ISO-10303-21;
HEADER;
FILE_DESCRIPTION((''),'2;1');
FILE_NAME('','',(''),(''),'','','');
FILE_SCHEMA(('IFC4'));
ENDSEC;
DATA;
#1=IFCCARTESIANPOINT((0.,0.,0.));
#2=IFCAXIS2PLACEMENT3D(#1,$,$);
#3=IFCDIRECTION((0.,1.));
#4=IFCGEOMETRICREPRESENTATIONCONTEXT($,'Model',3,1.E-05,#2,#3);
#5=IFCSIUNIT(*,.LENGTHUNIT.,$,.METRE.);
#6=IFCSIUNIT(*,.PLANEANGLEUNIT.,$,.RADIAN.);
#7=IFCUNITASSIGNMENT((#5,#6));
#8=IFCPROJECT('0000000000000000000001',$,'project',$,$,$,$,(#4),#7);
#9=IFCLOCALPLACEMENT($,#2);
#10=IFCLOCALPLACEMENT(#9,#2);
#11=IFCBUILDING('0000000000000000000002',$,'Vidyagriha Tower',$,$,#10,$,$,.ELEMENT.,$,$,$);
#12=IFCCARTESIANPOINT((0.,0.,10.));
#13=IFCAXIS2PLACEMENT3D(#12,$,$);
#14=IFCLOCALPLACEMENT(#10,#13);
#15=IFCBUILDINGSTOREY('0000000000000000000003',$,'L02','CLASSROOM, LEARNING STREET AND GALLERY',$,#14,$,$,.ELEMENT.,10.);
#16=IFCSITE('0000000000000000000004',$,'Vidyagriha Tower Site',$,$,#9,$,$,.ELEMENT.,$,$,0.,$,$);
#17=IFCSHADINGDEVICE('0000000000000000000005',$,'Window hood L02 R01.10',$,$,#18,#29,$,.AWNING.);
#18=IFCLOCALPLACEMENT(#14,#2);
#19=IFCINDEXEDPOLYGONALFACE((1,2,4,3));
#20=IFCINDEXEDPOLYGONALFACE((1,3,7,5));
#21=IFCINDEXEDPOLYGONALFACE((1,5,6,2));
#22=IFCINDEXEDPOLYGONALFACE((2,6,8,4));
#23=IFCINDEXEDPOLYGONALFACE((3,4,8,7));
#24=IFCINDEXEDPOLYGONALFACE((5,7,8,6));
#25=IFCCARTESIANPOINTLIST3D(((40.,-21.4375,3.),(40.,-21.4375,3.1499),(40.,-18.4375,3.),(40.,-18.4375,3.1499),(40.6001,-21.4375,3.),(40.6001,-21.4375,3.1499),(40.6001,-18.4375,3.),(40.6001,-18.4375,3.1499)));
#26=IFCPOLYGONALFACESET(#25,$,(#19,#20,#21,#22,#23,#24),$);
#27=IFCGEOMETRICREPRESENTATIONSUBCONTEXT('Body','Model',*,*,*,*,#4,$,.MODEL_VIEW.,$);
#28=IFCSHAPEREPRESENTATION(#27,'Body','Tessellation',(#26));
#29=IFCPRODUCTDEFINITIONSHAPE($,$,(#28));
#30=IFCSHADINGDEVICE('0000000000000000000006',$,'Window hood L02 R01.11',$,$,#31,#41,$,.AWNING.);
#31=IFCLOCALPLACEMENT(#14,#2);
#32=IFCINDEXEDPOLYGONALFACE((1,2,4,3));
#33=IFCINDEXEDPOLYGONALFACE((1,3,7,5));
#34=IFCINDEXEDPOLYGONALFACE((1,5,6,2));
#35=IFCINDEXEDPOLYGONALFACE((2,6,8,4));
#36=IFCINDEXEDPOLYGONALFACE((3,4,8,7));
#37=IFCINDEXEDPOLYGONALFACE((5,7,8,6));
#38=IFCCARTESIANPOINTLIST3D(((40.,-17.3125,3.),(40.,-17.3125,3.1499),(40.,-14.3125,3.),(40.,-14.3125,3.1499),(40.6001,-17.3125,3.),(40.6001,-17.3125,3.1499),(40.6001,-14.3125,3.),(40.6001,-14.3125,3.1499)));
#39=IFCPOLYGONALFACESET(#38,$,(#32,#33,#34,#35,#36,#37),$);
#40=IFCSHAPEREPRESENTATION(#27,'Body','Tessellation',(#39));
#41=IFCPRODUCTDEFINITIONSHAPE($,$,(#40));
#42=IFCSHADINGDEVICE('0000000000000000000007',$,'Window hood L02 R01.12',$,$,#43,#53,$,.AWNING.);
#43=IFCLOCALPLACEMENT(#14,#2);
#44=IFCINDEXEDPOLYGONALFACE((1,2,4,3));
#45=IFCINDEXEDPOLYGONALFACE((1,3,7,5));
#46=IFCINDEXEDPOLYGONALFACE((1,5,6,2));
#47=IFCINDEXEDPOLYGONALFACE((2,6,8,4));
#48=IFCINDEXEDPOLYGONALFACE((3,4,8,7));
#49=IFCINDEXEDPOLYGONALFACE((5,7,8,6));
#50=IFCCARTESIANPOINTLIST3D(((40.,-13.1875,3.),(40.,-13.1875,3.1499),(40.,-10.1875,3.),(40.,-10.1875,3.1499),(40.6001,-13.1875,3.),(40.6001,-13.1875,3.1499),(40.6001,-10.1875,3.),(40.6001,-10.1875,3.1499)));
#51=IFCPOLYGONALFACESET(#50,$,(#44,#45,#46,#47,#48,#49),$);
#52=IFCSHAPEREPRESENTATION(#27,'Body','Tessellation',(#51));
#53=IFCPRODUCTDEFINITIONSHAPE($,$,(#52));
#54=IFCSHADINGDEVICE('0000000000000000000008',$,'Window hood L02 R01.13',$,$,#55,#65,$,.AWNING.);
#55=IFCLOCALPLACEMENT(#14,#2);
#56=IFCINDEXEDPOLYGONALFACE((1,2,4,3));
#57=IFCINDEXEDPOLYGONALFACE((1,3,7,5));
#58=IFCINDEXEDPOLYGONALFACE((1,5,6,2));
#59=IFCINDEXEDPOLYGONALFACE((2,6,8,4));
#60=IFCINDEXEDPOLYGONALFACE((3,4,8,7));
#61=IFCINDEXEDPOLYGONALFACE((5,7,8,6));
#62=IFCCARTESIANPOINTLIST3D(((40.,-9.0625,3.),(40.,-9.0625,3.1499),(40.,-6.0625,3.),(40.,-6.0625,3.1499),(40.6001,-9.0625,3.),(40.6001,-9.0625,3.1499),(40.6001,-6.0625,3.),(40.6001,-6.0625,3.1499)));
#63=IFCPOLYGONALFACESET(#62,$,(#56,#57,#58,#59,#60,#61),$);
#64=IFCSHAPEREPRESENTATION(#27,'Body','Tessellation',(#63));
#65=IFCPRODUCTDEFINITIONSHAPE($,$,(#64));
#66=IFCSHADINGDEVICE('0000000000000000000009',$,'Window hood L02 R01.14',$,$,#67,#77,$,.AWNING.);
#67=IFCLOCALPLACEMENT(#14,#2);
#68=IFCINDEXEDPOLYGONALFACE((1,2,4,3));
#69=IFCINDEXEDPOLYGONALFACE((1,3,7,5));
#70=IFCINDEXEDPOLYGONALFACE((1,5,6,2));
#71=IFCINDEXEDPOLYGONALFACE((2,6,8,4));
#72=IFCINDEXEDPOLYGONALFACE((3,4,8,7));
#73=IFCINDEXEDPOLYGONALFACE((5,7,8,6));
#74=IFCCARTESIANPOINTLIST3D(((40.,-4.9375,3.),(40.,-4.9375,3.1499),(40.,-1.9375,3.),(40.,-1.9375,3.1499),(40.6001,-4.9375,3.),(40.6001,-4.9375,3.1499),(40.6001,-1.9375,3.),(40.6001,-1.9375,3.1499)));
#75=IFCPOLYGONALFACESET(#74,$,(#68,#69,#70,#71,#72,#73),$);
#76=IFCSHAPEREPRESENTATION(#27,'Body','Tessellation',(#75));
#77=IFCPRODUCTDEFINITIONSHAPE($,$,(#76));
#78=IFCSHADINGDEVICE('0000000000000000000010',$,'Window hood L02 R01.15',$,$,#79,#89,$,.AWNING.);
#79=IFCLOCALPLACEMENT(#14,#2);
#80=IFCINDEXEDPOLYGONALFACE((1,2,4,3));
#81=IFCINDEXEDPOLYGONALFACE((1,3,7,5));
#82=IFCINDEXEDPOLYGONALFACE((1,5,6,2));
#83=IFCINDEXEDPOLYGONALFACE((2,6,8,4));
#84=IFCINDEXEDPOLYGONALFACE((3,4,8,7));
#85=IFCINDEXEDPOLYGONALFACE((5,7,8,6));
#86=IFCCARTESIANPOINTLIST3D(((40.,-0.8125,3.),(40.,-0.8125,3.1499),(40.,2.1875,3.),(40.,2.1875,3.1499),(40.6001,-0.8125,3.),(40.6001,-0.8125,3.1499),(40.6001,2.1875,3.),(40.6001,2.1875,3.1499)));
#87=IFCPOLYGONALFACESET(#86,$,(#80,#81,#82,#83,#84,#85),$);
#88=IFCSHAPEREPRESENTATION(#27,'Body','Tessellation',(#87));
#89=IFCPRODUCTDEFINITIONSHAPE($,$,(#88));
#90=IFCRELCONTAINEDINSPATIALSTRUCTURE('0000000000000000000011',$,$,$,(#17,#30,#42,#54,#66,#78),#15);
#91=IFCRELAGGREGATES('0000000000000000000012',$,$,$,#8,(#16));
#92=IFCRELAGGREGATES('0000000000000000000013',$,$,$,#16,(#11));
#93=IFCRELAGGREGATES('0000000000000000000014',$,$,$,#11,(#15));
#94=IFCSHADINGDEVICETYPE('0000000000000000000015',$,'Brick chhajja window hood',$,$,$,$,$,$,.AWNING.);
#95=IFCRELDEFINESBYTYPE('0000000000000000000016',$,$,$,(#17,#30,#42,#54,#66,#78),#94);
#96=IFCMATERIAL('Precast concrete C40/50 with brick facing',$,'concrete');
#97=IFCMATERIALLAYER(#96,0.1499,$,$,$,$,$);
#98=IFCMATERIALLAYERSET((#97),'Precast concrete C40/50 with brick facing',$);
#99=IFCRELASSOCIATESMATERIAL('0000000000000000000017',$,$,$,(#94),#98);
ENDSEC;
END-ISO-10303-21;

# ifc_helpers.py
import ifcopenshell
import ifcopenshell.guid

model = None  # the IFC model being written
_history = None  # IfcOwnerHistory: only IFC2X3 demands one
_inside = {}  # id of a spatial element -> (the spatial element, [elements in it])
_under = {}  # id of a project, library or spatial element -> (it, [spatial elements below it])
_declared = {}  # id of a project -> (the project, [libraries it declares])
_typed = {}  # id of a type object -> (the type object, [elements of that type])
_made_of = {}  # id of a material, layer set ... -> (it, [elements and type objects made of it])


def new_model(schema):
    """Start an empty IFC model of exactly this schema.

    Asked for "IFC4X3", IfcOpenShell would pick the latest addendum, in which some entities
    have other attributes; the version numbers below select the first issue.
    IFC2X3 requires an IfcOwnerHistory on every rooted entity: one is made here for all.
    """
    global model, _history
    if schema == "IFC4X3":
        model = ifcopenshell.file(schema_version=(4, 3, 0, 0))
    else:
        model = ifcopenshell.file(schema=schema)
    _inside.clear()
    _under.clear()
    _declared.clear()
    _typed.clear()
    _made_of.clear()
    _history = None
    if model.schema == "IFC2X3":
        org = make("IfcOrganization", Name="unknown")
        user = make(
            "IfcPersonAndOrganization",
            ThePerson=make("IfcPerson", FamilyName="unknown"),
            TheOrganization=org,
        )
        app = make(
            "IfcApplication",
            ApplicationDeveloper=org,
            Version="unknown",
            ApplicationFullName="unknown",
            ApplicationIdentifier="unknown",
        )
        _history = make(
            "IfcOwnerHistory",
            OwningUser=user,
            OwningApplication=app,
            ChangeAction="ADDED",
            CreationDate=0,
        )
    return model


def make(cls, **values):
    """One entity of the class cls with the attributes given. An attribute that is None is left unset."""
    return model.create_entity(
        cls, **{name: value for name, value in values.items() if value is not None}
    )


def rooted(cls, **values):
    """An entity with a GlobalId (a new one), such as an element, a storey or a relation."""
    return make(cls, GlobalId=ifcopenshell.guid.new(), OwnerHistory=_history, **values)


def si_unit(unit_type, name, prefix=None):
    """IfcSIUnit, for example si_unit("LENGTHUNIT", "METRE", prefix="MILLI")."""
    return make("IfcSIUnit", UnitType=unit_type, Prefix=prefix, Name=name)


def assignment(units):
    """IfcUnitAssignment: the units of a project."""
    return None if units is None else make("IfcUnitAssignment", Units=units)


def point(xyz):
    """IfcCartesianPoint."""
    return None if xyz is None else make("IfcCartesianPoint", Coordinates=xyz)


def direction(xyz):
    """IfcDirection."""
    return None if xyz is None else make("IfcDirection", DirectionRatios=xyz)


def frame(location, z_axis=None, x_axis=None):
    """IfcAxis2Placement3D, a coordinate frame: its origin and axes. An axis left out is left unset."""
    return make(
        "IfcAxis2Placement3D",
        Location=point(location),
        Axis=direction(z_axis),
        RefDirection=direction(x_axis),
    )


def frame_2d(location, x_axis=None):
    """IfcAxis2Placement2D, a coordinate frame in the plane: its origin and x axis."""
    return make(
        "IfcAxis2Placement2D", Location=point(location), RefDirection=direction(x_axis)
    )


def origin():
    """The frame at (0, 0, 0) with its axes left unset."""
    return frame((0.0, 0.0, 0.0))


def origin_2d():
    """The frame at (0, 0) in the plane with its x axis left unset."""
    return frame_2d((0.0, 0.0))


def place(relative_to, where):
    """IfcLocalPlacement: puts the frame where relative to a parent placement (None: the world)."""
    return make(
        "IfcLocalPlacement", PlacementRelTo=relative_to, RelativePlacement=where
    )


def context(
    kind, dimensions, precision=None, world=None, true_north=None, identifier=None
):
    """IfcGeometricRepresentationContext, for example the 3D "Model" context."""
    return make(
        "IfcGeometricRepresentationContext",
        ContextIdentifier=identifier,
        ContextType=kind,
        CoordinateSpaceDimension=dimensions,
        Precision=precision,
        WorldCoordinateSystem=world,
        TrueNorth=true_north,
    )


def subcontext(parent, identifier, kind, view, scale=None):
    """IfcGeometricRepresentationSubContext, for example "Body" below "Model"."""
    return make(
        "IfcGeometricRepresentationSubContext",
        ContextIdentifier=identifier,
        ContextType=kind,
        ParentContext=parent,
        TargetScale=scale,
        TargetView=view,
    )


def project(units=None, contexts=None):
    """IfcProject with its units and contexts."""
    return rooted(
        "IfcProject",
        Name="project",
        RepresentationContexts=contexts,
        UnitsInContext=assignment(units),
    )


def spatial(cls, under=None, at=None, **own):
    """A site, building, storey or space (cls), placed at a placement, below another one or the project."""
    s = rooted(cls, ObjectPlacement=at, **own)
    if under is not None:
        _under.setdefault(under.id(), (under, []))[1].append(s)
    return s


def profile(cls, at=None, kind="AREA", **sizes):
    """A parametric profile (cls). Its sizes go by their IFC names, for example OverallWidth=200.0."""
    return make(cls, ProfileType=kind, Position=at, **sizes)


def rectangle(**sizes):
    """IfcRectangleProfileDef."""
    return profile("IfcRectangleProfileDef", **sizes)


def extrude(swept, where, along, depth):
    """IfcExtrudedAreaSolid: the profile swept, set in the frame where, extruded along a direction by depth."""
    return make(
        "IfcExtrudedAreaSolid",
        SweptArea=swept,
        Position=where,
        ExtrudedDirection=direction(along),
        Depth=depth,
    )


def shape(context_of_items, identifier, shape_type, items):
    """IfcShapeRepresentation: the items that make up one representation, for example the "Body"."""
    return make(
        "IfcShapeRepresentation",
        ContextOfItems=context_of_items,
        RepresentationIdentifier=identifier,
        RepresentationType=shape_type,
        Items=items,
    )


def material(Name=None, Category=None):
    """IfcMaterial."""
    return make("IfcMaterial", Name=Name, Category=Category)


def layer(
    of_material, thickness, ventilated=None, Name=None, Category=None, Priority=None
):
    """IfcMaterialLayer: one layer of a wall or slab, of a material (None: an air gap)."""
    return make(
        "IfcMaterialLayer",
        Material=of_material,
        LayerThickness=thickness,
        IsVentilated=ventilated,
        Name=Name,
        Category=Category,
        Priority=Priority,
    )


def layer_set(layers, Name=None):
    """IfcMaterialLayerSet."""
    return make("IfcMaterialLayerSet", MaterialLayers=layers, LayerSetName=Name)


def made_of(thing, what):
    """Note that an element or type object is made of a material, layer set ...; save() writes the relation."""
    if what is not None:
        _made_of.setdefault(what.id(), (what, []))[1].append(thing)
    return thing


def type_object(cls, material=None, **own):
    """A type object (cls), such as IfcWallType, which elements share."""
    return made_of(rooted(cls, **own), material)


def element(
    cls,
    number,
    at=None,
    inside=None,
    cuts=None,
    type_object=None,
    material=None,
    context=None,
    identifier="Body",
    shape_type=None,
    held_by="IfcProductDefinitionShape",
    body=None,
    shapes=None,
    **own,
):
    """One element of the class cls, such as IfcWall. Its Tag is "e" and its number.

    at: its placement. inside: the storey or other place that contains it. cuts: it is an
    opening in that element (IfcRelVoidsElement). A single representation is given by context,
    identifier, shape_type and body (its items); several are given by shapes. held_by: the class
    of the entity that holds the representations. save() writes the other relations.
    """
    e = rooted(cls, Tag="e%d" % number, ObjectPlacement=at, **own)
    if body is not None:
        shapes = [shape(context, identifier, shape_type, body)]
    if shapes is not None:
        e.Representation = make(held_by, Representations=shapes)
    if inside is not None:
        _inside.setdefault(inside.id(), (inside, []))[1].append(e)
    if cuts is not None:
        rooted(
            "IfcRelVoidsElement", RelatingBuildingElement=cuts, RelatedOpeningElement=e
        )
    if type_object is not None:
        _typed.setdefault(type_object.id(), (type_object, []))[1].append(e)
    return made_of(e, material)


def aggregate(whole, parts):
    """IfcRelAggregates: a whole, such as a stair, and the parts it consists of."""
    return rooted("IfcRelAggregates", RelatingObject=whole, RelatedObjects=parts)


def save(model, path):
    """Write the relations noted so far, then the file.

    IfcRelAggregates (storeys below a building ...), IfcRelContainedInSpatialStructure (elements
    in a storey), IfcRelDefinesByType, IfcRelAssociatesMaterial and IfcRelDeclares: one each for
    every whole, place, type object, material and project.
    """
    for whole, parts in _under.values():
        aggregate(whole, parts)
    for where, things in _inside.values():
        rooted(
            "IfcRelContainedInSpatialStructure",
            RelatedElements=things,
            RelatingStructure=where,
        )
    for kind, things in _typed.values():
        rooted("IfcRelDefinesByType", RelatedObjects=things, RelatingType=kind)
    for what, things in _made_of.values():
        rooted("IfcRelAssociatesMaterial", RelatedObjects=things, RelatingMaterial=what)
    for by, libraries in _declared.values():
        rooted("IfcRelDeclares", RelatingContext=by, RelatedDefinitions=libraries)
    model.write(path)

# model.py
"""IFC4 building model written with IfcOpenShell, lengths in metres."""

from ifc_helpers import new_model, si_unit, direction, frame, origin, origin_2d, place, context, subcontext, project, spatial, rectangle, extrude, material, layer, layer_set, type_object, element, save


model = new_model("IFC4")

# Units and contexts
model_context = context("Model", 3, precision=1e-05, world=origin(), true_north=direction((0.0, 1.0)))
body_context = subcontext(model_context, "Body", "Model", "MODEL_VIEW")
ifc_project = project(units=[si_unit("LENGTHUNIT", "METRE"), si_unit("PLANEANGLEUNIT", "RADIAN")], contexts=[model_context])

# Site, building, storey
site_placement = place(None, origin())
site = spatial("IfcSite", under=ifc_project, at=site_placement, Name="Vidyagriha Tower Site", CompositionType="ELEMENT", RefElevation=0.0)
building_placement = place(site_placement, origin())
building = spatial("IfcBuilding", under=site, at=building_placement, Name="Vidyagriha Tower", CompositionType="ELEMENT")
storey_placement = place(building_placement, frame((0.0, 0.0, 10.0)))
storey = spatial("IfcBuildingStorey", under=building, at=storey_placement, Name="L02", Description="CLASSROOM, LEARNING STREET AND GALLERY", CompositionType="ELEMENT", Elevation=10.0)

# Shading devices
ifc_material_1 = material(Name="Precast concrete C40/50 with brick facing", Category="concrete")
ifc_layer_1 = layer(ifc_material_1, 0.1499)
ifc_layer_set_1 = layer_set([ifc_layer_1], Name="Precast concrete C40/50 with brick facing")
shading_device_type = type_object("IfcShadingDeviceType", Name="Brick chhajja window hood", PredefinedType="AWNING", material=ifc_layer_set_1)
for number, where, z_axis, x_axis, name in (
    (1, (40.3, -19.9375, 3.0), (0.0, 0.0, 1.0), (0.0, 1.0, 0.0), "Window hood L02 R01.10"),
    (2, (40.3, -15.8125, 3.0), (0.0, 0.0, 1.0), (0.0, 1.0, 0.0), "Window hood L02 R01.11"),
    (3, (40.3, -11.6875, 3.0), (0.0, 0.0, 1.0), (0.0, 1.0, 0.0), "Window hood L02 R01.12"),
    (4, (40.3, -7.5625, 3.0), (0.0, 0.0, 1.0), (0.0, 1.0, 0.0), "Window hood L02 R01.13"),
    (5, (40.3, -3.4375, 3.0), (0.0, 0.0, 1.0), (0.0, 1.0, 0.0), "Window hood L02 R01.14"),
    (6, (40.3, 0.6875, 3.0), (0.0, 0.0, 1.0), (0.0, 1.0, 0.0), "Window hood L02 R01.15"),
):
    element("IfcShadingDevice", number, at=place(storey_placement, frame(where, z_axis=z_axis, x_axis=x_axis)), inside=storey, type_object=shading_device_type, Name=name, PredefinedType="AWNING", context=body_context, shape_type="SweptSolid", body=[
        extrude(rectangle(XDim=3.0, YDim=0.6001, at=origin_2d()), origin(), (0.0, 0.0, 1.0), 0.1499),
    ])

save(model, "model.ifc")
